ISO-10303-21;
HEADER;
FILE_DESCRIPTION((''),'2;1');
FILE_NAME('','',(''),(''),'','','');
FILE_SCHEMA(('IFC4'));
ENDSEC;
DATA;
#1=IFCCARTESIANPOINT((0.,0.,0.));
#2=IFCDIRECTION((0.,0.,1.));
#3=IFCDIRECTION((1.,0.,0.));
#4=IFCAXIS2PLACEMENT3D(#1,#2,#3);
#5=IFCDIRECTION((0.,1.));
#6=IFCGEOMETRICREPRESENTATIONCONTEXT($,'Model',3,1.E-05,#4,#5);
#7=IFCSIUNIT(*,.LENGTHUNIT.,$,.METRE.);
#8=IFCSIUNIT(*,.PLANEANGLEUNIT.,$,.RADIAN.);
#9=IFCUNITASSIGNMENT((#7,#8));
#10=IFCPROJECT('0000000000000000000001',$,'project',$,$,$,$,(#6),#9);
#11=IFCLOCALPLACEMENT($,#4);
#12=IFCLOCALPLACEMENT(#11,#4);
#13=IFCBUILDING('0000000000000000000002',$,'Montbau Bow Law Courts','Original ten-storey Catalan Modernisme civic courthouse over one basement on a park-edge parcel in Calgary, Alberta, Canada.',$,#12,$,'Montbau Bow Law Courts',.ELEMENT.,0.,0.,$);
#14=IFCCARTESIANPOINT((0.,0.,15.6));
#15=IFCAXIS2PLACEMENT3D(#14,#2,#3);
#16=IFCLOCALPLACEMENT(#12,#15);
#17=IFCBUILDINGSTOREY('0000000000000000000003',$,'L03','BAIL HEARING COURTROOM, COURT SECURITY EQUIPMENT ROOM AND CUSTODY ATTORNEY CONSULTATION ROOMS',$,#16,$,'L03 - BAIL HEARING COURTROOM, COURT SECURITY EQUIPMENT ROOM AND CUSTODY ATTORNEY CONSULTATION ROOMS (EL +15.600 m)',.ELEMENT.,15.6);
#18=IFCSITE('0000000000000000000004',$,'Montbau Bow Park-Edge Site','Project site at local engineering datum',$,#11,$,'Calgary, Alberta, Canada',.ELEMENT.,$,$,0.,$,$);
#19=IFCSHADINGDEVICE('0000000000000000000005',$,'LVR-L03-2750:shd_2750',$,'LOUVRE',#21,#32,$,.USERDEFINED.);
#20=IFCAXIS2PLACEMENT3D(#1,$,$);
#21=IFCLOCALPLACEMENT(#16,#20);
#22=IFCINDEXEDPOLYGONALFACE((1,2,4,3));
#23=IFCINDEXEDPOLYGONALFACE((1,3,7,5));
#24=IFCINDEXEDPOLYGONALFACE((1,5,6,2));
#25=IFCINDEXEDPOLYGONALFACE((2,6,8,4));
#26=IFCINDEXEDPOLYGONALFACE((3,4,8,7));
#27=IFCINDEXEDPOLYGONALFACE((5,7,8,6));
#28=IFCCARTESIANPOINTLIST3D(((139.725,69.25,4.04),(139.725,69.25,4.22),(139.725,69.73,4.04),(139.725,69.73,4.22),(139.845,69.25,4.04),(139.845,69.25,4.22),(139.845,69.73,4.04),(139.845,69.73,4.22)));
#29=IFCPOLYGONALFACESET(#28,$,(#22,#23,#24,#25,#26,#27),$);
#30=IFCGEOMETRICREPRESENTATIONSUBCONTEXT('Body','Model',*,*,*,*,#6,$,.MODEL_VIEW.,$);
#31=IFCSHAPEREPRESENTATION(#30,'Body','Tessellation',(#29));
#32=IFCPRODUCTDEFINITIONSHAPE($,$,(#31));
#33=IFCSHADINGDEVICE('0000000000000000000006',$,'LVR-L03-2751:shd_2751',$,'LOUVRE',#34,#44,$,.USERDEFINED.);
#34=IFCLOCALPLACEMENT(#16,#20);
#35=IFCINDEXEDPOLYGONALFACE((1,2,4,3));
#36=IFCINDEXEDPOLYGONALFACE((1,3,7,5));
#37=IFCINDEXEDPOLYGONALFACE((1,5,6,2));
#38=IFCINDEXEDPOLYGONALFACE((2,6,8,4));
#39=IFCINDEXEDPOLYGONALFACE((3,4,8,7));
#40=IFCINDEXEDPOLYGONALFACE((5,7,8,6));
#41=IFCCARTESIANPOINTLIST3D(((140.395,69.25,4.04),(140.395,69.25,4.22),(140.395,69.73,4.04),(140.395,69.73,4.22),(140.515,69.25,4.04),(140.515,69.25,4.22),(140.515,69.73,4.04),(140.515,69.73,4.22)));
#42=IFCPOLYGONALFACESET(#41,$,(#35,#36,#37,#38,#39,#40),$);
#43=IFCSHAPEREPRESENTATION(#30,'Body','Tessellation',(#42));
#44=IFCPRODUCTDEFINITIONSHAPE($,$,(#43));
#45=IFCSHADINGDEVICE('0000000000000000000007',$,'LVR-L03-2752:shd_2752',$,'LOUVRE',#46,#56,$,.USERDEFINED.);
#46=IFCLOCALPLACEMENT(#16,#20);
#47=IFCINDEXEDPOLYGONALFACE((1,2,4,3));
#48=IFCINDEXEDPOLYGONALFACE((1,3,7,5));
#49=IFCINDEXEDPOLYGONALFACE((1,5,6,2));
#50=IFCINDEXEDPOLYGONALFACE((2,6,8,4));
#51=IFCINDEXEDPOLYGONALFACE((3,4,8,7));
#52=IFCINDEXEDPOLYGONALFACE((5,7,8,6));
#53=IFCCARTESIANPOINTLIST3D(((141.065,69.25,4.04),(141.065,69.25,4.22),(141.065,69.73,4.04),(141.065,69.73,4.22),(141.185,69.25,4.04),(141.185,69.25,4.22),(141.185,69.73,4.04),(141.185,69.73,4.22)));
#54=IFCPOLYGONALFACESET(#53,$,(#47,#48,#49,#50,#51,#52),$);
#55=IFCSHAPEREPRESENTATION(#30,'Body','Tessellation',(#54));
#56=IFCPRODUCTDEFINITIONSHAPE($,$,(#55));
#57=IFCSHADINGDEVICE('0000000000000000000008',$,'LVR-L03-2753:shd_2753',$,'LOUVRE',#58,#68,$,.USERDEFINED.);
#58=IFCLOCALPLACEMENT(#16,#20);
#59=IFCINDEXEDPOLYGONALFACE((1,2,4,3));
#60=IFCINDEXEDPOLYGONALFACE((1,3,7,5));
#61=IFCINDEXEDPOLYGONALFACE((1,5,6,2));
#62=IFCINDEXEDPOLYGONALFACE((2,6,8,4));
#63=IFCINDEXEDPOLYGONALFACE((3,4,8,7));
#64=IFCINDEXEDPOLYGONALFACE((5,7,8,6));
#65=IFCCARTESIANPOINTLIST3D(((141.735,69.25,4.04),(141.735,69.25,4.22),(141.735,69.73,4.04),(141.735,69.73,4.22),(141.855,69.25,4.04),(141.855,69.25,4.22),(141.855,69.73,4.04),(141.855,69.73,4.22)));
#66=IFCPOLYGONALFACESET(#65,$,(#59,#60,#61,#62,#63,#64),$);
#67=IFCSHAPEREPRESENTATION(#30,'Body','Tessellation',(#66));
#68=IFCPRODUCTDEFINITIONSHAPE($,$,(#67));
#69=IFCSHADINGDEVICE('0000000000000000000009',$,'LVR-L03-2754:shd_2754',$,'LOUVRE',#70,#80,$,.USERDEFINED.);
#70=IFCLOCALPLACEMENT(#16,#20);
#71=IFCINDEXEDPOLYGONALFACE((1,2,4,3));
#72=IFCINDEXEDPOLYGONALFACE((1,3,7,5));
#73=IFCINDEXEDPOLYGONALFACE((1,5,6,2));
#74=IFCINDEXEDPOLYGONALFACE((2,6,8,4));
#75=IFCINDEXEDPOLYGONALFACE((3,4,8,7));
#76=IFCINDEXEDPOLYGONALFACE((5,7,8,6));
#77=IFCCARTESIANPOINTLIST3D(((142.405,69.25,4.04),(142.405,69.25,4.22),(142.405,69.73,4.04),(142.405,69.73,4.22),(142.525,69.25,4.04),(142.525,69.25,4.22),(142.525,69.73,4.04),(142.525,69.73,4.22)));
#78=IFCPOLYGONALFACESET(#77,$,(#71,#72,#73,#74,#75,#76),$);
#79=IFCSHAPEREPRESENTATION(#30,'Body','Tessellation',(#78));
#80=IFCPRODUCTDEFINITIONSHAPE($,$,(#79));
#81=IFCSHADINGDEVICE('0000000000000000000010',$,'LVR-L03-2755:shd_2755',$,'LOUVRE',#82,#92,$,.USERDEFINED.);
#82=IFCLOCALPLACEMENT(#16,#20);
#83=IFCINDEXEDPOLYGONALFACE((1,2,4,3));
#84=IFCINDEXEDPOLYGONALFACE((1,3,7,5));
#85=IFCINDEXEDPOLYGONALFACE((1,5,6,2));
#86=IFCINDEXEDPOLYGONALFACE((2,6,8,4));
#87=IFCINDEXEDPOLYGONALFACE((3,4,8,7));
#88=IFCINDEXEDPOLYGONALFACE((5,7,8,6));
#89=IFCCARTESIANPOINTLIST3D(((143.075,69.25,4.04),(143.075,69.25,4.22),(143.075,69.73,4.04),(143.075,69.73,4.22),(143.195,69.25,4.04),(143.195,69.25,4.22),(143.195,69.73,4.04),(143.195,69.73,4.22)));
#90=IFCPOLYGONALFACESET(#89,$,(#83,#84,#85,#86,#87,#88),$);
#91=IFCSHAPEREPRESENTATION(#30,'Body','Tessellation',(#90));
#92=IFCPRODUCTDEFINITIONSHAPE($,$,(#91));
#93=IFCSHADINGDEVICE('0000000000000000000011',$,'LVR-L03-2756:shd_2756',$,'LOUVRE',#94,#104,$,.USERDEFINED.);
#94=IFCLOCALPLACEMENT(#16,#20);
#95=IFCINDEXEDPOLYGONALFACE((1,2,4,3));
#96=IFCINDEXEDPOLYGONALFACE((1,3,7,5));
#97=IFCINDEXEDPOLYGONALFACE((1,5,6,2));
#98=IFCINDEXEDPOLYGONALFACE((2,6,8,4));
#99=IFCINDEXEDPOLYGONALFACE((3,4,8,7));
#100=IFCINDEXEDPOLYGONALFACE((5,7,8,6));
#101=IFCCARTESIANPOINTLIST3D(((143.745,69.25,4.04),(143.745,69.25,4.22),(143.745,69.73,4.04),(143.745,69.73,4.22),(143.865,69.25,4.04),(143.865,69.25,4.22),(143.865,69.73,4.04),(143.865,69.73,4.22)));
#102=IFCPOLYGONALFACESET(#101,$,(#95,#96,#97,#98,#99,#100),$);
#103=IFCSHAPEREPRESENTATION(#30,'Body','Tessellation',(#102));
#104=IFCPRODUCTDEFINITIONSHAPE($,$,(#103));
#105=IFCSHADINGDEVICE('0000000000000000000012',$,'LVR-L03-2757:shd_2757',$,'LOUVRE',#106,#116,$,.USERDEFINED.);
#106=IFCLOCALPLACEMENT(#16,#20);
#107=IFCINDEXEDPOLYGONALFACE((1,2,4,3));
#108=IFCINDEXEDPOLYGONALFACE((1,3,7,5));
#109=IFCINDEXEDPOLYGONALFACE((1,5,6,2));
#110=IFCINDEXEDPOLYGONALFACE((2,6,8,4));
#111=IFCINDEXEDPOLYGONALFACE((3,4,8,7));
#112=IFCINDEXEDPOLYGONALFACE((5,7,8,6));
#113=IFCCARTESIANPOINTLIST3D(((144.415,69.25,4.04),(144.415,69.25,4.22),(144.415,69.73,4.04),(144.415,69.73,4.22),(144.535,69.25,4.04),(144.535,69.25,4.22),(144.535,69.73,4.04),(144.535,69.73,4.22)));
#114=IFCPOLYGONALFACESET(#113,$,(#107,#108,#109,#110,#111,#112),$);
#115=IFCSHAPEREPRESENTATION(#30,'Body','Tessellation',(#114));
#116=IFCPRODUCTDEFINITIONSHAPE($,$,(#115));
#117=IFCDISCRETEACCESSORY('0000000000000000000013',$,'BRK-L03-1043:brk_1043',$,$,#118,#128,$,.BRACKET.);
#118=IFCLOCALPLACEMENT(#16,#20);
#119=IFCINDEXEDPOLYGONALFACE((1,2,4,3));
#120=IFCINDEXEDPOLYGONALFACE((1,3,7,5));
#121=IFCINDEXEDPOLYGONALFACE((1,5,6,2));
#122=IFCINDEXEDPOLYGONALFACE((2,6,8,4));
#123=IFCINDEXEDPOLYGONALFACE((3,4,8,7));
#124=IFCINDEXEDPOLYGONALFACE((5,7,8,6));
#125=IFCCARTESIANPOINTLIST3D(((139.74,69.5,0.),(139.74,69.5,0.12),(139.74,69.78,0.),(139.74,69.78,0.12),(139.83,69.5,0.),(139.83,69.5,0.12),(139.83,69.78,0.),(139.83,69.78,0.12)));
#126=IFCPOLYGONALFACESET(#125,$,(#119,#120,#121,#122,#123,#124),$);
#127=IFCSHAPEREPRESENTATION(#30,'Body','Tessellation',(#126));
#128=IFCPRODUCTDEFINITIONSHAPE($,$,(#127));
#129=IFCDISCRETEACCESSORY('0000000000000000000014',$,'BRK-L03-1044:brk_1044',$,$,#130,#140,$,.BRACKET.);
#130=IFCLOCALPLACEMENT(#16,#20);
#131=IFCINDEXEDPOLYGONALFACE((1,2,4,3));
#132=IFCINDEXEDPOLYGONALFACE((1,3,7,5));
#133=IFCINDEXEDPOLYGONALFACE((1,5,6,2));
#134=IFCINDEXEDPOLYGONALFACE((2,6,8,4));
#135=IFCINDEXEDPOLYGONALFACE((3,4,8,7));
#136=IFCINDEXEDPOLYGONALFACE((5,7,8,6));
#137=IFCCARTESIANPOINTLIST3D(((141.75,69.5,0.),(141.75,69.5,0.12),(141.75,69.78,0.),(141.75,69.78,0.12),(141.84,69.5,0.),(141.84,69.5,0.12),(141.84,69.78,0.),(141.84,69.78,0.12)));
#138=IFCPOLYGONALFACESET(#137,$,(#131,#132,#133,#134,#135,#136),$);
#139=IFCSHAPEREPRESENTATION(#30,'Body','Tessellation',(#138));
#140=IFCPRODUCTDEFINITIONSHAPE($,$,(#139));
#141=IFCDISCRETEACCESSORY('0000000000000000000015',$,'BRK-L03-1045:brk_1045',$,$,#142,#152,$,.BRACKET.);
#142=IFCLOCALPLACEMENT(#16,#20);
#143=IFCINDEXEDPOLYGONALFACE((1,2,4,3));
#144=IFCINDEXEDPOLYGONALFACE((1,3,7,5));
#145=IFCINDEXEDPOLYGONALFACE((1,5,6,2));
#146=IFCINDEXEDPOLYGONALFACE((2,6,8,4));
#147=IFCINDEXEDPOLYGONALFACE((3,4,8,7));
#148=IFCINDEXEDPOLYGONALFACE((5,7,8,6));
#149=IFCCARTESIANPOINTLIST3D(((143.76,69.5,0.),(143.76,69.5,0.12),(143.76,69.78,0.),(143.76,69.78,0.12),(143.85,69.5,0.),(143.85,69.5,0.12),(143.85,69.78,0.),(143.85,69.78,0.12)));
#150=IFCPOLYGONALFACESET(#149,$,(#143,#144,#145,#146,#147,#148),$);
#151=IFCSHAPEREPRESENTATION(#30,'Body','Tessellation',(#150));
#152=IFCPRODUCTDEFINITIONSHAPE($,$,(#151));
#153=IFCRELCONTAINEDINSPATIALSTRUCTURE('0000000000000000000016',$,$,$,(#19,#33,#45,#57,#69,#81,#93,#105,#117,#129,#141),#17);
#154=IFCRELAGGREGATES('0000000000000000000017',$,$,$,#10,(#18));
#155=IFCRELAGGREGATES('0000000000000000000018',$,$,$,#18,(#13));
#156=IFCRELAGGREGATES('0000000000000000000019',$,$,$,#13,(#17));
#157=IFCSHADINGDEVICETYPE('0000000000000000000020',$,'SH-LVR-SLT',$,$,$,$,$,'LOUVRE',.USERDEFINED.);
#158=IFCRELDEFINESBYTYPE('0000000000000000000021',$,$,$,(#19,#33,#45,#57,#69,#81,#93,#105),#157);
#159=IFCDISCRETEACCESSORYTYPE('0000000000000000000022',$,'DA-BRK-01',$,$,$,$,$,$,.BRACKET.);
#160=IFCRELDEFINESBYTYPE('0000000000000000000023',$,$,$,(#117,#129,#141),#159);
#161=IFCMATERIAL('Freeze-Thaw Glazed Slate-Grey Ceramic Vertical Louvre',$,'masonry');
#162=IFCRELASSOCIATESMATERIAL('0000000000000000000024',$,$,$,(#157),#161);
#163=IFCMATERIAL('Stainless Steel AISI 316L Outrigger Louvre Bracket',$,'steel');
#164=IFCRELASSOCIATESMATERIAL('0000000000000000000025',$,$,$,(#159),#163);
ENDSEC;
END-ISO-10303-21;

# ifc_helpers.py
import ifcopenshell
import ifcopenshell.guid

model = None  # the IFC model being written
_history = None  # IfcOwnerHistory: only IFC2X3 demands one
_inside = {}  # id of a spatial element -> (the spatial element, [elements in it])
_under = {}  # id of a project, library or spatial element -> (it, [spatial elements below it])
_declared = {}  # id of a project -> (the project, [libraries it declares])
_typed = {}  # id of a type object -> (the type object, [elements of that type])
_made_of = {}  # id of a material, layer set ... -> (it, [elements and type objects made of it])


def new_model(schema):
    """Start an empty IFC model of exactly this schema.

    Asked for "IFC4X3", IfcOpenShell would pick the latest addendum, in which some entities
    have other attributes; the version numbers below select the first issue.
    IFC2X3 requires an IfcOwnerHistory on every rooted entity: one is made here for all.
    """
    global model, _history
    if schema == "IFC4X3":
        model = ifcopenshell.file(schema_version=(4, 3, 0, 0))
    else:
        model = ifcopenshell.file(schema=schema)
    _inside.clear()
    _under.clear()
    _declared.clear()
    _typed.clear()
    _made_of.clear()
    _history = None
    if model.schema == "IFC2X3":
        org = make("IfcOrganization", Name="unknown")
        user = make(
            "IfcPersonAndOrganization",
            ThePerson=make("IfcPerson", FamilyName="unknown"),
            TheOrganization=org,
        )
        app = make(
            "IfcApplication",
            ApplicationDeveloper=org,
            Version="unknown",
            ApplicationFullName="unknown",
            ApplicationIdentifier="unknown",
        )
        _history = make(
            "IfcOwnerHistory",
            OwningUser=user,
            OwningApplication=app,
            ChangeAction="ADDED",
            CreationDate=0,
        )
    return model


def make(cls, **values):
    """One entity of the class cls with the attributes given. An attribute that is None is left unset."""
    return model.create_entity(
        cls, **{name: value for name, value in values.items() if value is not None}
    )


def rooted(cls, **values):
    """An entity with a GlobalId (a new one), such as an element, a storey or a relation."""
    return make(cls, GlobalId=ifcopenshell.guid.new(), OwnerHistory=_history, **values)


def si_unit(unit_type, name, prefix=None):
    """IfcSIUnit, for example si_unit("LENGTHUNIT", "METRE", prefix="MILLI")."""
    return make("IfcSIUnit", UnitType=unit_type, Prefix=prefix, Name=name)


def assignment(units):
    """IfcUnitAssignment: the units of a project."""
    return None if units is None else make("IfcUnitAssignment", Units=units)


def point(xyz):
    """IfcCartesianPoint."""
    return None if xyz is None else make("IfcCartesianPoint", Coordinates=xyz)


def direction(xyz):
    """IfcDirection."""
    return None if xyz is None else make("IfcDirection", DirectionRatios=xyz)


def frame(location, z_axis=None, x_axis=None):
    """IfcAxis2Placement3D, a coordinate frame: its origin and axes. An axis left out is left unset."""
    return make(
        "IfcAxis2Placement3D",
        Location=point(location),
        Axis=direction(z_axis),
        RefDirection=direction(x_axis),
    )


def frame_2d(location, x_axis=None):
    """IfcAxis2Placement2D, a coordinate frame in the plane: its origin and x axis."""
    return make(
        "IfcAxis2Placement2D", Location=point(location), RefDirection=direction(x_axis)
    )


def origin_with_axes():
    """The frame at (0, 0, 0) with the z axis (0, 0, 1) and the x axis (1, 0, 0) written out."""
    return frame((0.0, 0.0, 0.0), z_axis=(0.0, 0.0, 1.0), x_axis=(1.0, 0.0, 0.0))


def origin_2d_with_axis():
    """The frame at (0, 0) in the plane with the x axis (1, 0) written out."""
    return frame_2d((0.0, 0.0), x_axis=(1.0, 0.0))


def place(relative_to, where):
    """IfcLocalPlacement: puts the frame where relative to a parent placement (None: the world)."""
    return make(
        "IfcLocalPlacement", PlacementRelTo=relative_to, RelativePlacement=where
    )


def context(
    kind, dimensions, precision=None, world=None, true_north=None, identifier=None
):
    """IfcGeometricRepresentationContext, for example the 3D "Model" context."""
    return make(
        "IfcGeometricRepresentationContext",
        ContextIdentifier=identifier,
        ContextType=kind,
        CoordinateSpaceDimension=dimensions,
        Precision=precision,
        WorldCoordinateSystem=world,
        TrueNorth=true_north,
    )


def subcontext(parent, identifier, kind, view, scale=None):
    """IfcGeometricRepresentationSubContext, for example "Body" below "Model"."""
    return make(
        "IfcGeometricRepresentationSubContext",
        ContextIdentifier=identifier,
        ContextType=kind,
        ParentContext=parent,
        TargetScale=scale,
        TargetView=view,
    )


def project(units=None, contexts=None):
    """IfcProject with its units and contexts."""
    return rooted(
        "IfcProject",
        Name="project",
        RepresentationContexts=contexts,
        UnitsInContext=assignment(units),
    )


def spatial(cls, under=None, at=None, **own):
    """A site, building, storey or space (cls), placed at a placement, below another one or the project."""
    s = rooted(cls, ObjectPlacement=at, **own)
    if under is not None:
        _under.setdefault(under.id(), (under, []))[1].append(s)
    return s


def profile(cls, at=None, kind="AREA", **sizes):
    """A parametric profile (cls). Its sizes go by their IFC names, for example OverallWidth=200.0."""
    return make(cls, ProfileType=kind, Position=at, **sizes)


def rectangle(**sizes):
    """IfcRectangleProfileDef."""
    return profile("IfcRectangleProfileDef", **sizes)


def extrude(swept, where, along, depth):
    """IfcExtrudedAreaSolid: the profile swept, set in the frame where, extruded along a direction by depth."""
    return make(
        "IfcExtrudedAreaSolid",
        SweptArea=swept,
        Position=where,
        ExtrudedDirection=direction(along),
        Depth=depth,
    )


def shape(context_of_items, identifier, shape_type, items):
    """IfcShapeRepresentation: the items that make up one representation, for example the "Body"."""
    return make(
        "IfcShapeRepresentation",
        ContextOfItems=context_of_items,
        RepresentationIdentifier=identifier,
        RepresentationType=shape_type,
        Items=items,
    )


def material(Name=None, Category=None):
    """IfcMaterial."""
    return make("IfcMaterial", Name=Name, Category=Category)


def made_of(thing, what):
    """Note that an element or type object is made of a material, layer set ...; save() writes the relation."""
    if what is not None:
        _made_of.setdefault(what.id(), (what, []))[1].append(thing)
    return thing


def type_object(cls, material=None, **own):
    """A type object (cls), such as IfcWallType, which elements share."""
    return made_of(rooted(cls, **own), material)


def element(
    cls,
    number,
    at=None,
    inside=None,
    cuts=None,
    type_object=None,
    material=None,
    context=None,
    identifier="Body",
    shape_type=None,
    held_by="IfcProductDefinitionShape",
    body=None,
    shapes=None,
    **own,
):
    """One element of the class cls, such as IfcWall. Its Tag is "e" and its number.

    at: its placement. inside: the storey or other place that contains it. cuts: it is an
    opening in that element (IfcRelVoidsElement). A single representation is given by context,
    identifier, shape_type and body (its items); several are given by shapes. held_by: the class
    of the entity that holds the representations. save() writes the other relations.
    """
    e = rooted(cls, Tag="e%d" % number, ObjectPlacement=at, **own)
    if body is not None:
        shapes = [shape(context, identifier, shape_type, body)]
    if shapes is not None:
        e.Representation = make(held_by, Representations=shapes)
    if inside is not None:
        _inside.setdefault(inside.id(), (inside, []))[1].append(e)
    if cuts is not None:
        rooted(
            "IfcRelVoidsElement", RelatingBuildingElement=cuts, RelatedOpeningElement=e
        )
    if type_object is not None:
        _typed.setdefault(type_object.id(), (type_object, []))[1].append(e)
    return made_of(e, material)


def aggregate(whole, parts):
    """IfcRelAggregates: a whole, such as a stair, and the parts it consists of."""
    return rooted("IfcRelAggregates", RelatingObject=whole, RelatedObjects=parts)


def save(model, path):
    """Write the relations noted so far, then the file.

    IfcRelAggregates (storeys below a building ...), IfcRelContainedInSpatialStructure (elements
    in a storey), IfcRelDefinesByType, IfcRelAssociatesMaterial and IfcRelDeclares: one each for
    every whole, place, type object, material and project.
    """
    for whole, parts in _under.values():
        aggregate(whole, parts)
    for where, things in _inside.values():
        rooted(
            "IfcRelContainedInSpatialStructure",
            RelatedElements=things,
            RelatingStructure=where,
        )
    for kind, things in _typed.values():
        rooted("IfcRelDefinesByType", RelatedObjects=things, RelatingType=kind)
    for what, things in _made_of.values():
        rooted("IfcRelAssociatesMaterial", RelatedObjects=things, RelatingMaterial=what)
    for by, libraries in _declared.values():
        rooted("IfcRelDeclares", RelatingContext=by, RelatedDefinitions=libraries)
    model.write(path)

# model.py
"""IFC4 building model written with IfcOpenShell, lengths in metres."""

from ifc_helpers import new_model, si_unit, direction, frame, origin_with_axes, origin_2d_with_axis, place, context, subcontext, project, spatial, rectangle, extrude, material, type_object, element, save


model = new_model("IFC4")

# Units and contexts
model_context = context("Model", 3, precision=1e-05, world=origin_with_axes(), true_north=direction((0.0, 1.0)))
body_context = subcontext(model_context, "Body", "Model", "MODEL_VIEW")
ifc_project = project(units=[si_unit("LENGTHUNIT", "METRE"), si_unit("PLANEANGLEUNIT", "RADIAN")], contexts=[model_context])

# Site, building, storey
site_placement = place(None, origin_with_axes())
site = spatial("IfcSite", under=ifc_project, at=site_placement, Name="Montbau Bow Park-Edge Site", Description="Project site at local engineering datum", LongName="Calgary, Alberta, Canada", CompositionType="ELEMENT", RefElevation=0.0)
building_placement = place(site_placement, origin_with_axes())
building = spatial("IfcBuilding", under=site, at=building_placement, Name="Montbau Bow Law Courts", Description="Original ten-storey Catalan Modernisme civic courthouse over one basement on a park-edge parcel in Calgary, Alberta, Canada.", LongName="Montbau Bow Law Courts", CompositionType="ELEMENT", ElevationOfRefHeight=0.0, ElevationOfTerrain=0.0)
storey_placement = place(building_placement, frame((0.0, 0.0, 15.6), z_axis=(0.0, 0.0, 1.0), x_axis=(1.0, 0.0, 0.0)))
storey = spatial("IfcBuildingStorey", under=building, at=storey_placement, Name="L03", Description="BAIL HEARING COURTROOM, COURT SECURITY EQUIPMENT ROOM AND CUSTODY ATTORNEY CONSULTATION ROOMS", LongName="L03 - BAIL HEARING COURTROOM, COURT SECURITY EQUIPMENT ROOM AND CUSTODY ATTORNEY CONSULTATION ROOMS (EL +15.600 m)", CompositionType="ELEMENT", Elevation=15.6)

# Shared definitions
ifc_material_1 = material(Name="Freeze-Thaw Glazed Slate-Grey Ceramic Vertical Louvre", Category="masonry")

# Shading devices
shading_device_type = type_object("IfcShadingDeviceType", Name="SH-LVR-SLT", ElementType="LOUVRE", PredefinedType="USERDEFINED", material=ifc_material_1)
for number, where, z_axis, x_axis, name in (
    (1, (139.785, 69.49, 19.64), (0.0, 0.0, 1.0), (0.0, -1.0, 0.0), "LVR-L03-2750:shd_2750"),
    (2, (140.455, 69.49, 19.64), (0.0, 0.0, 1.0), (0.0, -1.0, 0.0), "LVR-L03-2751:shd_2751"),
    (3, (141.125, 69.49, 19.64), (0.0, 0.0, 1.0), (0.0, -1.0, 0.0), "LVR-L03-2752:shd_2752"),
    (4, (141.795, 69.49, 19.64), (0.0, 0.0, 1.0), (0.0, -1.0, 0.0), "LVR-L03-2753:shd_2753"),
    (5, (142.465, 69.49, 19.64), (0.0, 0.0, 1.0), (0.0, -1.0, 0.0), "LVR-L03-2754:shd_2754"),
    (6, (143.135, 69.49, 19.64), (0.0, 0.0, 1.0), (0.0, -1.0, 0.0), "LVR-L03-2755:shd_2755"),
    (7, (143.805, 69.49, 19.64), (0.0, 0.0, 1.0), (0.0, -1.0, 0.0), "LVR-L03-2756:shd_2756"),
    (8, (144.475, 69.49, 19.64), (0.0, 0.0, 1.0), (0.0, -1.0, 0.0), "LVR-L03-2757:shd_2757"),
):
    element("IfcShadingDevice", number, at=place(None, frame(where, z_axis=z_axis, x_axis=x_axis)), inside=storey, type_object=shading_device_type, Name=name, ObjectType="LOUVRE", PredefinedType="USERDEFINED", context=body_context, shape_type="SweptSolid", body=[
        extrude(rectangle(XDim=0.48, YDim=0.12, at=origin_2d_with_axis()), origin_with_axes(), (0.0, 0.0, 1.0), 0.18),
    ])

# Discrete accessories
ifc_material_2 = material(Name="Stainless Steel AISI 316L Outrigger Louvre Bracket", Category="steel")
discrete_accessory_type = type_object("IfcDiscreteAccessoryType", Name="DA-BRK-01", PredefinedType="BRACKET", material=ifc_material_2)
for number, where, z_axis, x_axis, name in (
    (9, (139.785, 69.64, 15.6), (0.0, 0.0, 1.0), (0.0, -1.0, 0.0), "BRK-L03-1043:brk_1043"),
    (10, (141.795, 69.64, 15.6), (0.0, 0.0, 1.0), (0.0, -1.0, 0.0), "BRK-L03-1044:brk_1044"),
    (11, (143.805, 69.64, 15.6), (0.0, 0.0, 1.0), (0.0, -1.0, 0.0), "BRK-L03-1045:brk_1045"),
):
    element("IfcDiscreteAccessory", number, at=place(None, frame(where, z_axis=z_axis, x_axis=x_axis)), inside=storey, type_object=discrete_accessory_type, Name=name, PredefinedType="BRACKET", context=body_context, shape_type="SweptSolid", body=[
        extrude(rectangle(XDim=0.28, YDim=0.09, at=origin_2d_with_axis()), origin_with_axes(), (0.0, 0.0, 1.0), 0.12),
    ])

save(model, "model.ifc")
